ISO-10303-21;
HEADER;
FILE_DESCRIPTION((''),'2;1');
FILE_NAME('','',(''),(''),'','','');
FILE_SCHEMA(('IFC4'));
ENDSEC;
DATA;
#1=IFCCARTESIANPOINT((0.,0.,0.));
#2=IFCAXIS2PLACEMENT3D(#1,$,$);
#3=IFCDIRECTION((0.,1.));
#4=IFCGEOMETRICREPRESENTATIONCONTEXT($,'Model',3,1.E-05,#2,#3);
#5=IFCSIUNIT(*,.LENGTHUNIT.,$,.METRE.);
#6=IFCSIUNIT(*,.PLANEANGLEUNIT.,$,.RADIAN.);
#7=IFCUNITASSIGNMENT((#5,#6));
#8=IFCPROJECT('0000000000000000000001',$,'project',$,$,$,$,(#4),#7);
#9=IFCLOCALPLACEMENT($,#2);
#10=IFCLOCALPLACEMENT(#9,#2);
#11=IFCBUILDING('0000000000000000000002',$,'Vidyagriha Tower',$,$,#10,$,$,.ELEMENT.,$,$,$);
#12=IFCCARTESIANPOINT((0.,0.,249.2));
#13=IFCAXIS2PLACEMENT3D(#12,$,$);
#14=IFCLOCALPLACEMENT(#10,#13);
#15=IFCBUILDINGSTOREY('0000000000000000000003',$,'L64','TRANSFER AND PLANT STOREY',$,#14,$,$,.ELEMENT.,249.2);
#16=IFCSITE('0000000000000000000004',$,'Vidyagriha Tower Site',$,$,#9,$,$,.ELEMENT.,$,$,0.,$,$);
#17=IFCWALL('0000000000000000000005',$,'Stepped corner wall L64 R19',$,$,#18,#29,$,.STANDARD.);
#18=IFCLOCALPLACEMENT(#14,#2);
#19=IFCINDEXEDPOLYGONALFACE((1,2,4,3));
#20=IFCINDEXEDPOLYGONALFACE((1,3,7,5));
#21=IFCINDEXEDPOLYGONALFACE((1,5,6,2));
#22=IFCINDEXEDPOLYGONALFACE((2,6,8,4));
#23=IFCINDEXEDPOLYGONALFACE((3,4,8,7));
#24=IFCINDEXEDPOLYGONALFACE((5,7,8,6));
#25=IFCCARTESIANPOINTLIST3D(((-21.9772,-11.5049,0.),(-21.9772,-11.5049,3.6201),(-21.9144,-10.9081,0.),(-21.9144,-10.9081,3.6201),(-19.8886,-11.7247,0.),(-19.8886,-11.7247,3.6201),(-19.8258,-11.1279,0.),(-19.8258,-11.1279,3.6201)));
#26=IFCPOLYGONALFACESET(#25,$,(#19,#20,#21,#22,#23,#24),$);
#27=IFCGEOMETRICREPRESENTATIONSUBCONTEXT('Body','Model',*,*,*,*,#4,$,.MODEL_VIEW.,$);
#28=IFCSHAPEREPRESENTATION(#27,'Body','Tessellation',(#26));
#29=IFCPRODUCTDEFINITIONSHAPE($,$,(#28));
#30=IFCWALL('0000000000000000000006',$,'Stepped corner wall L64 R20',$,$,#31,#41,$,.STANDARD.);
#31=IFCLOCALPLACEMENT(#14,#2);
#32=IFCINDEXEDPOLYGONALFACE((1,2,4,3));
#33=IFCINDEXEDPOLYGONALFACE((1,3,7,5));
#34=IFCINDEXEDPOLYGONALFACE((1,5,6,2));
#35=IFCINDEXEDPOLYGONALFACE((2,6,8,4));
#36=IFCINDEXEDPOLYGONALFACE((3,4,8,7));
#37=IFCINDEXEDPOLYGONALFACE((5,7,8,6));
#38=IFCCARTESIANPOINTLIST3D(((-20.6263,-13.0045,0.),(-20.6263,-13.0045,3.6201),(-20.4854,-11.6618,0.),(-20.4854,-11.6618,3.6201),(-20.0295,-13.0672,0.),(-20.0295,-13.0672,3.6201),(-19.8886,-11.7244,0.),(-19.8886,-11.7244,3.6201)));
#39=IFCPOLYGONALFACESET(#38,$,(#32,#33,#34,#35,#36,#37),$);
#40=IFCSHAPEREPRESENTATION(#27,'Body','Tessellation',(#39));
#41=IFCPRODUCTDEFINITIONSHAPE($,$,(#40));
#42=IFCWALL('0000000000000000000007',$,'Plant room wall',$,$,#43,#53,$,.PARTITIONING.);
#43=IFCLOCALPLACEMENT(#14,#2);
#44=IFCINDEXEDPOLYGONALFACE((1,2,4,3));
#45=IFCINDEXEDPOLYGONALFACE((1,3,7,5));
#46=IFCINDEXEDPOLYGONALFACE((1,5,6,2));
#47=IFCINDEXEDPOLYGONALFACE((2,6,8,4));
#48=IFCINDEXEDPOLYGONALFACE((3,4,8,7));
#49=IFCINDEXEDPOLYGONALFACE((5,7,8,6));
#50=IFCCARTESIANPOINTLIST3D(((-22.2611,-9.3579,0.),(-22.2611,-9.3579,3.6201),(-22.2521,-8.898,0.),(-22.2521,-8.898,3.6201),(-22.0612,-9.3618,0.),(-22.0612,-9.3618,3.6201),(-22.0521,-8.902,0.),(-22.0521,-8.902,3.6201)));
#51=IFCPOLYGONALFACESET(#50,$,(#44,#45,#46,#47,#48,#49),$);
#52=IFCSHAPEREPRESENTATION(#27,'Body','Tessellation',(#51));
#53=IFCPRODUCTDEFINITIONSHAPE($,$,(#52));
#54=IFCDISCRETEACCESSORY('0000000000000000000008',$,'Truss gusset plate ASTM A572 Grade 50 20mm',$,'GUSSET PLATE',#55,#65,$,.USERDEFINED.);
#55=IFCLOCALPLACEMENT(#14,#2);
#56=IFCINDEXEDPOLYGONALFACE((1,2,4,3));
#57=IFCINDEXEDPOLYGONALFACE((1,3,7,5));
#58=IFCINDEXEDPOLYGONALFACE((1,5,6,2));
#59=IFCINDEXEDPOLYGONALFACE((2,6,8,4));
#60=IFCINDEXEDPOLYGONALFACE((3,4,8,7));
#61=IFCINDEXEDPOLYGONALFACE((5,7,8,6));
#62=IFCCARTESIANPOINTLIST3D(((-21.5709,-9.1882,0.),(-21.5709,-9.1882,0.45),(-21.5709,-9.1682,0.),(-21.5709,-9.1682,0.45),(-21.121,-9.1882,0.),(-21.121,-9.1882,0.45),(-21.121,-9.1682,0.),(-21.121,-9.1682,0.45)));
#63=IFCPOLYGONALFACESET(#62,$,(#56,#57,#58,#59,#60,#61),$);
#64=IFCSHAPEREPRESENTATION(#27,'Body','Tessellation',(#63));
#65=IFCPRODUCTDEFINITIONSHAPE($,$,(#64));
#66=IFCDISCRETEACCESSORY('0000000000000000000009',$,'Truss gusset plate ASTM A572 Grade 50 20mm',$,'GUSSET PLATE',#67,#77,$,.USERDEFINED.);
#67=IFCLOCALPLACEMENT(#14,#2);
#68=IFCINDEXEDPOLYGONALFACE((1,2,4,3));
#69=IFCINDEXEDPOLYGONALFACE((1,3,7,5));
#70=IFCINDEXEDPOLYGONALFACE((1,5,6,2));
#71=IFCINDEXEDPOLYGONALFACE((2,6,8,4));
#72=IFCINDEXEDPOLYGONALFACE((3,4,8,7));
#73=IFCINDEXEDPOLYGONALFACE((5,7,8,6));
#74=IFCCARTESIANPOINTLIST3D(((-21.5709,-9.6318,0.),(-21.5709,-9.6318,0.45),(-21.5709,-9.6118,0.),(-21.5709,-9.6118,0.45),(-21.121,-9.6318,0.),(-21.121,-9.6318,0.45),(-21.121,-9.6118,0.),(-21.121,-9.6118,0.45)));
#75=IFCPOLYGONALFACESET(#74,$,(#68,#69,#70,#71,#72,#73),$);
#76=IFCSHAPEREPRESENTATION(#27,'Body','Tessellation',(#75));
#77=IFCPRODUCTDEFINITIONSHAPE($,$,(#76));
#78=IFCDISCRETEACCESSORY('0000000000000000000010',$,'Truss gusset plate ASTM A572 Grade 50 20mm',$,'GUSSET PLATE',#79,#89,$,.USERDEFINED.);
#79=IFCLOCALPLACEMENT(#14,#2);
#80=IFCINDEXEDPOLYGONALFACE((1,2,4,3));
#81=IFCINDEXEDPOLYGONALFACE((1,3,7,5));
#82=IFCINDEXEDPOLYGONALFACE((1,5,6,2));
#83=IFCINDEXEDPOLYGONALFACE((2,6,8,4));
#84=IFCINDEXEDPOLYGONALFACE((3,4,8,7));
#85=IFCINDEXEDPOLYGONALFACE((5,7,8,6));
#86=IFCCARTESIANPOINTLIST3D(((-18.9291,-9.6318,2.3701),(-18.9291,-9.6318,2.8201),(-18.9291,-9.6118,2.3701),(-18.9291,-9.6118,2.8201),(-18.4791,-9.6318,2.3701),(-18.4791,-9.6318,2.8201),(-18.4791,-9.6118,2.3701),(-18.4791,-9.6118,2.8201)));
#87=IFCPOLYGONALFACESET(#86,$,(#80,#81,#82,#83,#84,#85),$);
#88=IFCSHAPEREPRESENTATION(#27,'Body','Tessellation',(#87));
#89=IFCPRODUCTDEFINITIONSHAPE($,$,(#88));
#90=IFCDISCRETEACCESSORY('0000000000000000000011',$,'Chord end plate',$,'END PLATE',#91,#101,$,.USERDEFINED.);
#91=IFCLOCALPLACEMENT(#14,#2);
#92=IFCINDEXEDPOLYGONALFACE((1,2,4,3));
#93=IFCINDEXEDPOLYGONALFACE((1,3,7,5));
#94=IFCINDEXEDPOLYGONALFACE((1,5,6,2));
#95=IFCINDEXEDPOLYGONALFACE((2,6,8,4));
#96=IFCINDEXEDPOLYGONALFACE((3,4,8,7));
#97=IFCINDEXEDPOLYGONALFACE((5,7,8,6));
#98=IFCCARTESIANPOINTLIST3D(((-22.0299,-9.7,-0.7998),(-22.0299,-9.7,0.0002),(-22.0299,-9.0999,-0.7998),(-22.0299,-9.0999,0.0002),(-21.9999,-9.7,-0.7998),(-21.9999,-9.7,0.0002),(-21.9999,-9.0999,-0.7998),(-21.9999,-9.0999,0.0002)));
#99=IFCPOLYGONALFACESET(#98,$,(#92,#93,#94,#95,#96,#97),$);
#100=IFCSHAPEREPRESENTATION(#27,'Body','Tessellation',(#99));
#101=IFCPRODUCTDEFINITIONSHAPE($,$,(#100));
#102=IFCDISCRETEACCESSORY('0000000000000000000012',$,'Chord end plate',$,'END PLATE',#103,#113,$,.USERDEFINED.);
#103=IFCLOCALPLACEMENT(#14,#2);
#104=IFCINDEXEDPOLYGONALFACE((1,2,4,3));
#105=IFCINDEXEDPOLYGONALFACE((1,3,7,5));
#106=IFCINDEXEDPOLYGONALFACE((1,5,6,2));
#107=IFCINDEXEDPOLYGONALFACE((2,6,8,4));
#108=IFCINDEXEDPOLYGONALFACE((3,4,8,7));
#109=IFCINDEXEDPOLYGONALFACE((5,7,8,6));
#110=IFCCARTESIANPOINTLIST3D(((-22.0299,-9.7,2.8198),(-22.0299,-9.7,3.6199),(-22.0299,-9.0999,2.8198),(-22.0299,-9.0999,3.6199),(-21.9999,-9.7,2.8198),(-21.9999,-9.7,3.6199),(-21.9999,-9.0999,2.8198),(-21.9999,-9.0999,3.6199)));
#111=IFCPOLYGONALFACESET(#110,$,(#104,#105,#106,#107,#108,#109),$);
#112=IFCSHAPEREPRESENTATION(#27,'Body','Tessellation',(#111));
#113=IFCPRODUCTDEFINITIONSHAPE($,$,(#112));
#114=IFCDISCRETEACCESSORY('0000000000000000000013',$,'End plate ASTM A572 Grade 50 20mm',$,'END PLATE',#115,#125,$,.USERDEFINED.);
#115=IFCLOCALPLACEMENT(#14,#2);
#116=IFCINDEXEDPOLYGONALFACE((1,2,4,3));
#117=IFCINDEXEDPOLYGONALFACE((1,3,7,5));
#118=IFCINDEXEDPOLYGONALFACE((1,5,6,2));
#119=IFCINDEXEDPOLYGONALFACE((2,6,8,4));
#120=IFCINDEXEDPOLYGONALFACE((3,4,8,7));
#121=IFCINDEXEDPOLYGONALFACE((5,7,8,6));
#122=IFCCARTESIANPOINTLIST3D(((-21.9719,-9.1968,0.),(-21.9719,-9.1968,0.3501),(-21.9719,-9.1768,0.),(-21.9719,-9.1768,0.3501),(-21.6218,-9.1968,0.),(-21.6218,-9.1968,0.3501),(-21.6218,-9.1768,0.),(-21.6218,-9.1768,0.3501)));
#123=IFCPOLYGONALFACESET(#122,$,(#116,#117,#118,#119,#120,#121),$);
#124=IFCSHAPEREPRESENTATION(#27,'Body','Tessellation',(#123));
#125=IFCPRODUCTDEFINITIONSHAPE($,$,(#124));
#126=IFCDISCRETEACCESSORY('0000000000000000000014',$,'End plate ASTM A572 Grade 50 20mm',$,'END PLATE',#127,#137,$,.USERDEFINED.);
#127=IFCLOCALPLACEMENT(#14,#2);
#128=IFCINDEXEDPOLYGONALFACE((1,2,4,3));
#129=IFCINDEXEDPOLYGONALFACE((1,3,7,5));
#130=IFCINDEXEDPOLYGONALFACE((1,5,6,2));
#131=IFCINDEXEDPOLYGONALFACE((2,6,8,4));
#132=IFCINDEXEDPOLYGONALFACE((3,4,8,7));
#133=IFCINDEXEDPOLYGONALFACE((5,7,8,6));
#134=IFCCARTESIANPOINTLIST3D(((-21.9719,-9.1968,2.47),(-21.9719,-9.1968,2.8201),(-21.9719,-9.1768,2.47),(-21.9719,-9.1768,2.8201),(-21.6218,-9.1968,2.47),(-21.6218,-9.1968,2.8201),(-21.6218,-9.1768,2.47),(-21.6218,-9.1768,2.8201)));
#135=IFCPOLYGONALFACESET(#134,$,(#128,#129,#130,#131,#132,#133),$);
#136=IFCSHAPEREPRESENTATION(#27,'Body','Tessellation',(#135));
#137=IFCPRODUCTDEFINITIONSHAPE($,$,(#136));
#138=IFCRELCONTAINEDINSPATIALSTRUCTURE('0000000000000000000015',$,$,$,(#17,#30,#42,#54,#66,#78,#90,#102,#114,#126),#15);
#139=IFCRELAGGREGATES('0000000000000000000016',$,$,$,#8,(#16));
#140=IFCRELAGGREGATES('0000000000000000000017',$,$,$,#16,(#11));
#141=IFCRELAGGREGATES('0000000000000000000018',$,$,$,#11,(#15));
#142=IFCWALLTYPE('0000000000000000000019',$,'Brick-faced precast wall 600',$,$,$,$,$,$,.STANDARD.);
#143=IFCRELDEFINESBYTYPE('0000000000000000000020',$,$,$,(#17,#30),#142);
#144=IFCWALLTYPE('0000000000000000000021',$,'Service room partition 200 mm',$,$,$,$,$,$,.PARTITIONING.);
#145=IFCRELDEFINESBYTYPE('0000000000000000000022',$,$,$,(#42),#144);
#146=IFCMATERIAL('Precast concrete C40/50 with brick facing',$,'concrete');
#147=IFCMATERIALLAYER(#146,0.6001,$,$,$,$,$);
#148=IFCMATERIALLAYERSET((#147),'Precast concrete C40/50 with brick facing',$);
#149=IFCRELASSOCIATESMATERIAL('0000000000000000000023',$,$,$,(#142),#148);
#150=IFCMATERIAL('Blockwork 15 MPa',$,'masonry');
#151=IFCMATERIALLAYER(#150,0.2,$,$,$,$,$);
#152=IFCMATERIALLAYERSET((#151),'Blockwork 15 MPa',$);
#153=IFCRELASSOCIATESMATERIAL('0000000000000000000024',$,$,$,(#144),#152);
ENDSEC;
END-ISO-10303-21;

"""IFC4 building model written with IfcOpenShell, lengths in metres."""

from ifc_helpers import new_model, si_unit, direction, frame, frame_2d, origin, origin_2d, place, context, subcontext, project, spatial, rectangle, extrude, material, layer, layer_set, type_object, element, save


model = new_model("IFC4")

# Units and contexts
model_context = context("Model", 3, precision=1e-05, world=origin(), true_north=direction((0.0, 1.0)))
body_context = subcontext(model_context, "Body", "Model", "MODEL_VIEW")
ifc_project = project(units=[si_unit("LENGTHUNIT", "METRE"), si_unit("PLANEANGLEUNIT", "RADIAN")], contexts=[model_context])

# Site, building, storey
site_placement = place(None, origin())
site = spatial("IfcSite", under=ifc_project, at=site_placement, Name="Vidyagriha Tower Site", CompositionType="ELEMENT", RefElevation=0.0)
building_placement = place(site_placement, origin())
building = spatial("IfcBuilding", under=site, at=building_placement, Name="Vidyagriha Tower", CompositionType="ELEMENT")
storey_placement = place(building_placement, frame((0.0, 0.0, 249.2)))
storey = spatial("IfcBuildingStorey", under=building, at=storey_placement, Name="L64", Description="TRANSFER AND PLANT STOREY", CompositionType="ELEMENT", Elevation=249.2)

# Walls
ifc_material_1 = material(Name="Precast concrete C40/50 with brick facing", Category="concrete")
ifc_layer_1 = layer(ifc_material_1, 0.6001)
ifc_layer_set_1 = layer_set([ifc_layer_1], Name="Precast concrete C40/50 with brick facing")
wall_type_1 = type_object("IfcWallType", Name="Brick-faced precast wall 600", PredefinedType="STANDARD", material=ifc_layer_set_1)
wall_1_placement = place(storey_placement, frame((-21.9458, -11.2065, 0.0), z_axis=(0.0, 0.0, 1.0), x_axis=(0.994512, -0.104624, 0.0)))
element("IfcWall", 1, at=wall_1_placement, inside=storey, type_object=wall_type_1, Name="Stepped corner wall L64 R19", PredefinedType="STANDARD", context=body_context, shape_type="SweptSolid", body=[
    extrude(rectangle(XDim=2.1001, YDim=0.6001, at=frame_2d((1.05, 0.0))), origin(), (0.0, 0.0, 1.0), 3.6201),
])
wall_2_placement = place(storey_placement, frame((-20.187, -11.6931, 0.0), z_axis=(0.0, 0.0, 1.0), x_axis=(-0.104337, -0.994542, 0.0)))
element("IfcWall", 2, at=wall_2_placement, inside=storey, type_object=wall_type_1, Name="Stepped corner wall L64 R20", PredefinedType="STANDARD", context=body_context, shape_type="SweptSolid", body=[
    extrude(rectangle(XDim=1.3501, YDim=0.6001, at=frame_2d((0.675, 0.0))), origin(), (0.0, 0.0, 1.0), 3.6201),
])
ifc_material_2 = material(Name="Blockwork 15 MPa", Category="masonry")
ifc_layer_2 = layer(ifc_material_2, 0.2)
ifc_layer_set_2 = layer_set([ifc_layer_2], Name="Blockwork 15 MPa")
wall_type_2 = type_object("IfcWallType", Name="Service room partition 200 mm", PredefinedType="PARTITIONING", material=ifc_layer_set_2)
wall_3_placement = place(storey_placement, frame((-22.1611, -9.3599, 0.0), z_axis=(0.0, 0.0, 1.0), x_axis=(0.019635, 0.999807, 0.0)))
element("IfcWall", 3, at=wall_3_placement, inside=storey, type_object=wall_type_2, Name="Plant room wall", PredefinedType="PARTITIONING", context=body_context, shape_type="SweptSolid", body=[
    extrude(rectangle(XDim=0.46, YDim=0.2, at=frame_2d((0.23, 0.0))), origin(), (0.0, 0.0, 1.0), 3.6201),
])

# Discrete accessories
for number, where, name in (
    (4, (-21.3459, -9.1782, 0.0), "Truss gusset plate ASTM A572 Grade 50 20mm"),
    (5, (-21.3459, -9.6218, 0.0), "Truss gusset plate ASTM A572 Grade 50 20mm"),
    (6, (-18.7041, -9.6218, 2.3701), "Truss gusset plate ASTM A572 Grade 50 20mm"),
):
    element("IfcDiscreteAccessory", number, at=place(storey_placement, frame(where)), inside=storey, Name=name, ObjectType="GUSSET PLATE", PredefinedType="USERDEFINED", context=body_context, shape_type="SweptSolid", body=[
        extrude(rectangle(XDim=0.45, YDim=0.02, at=origin_2d()), origin(), (0.0, 0.0, 1.0), 0.45),
    ])
for number, where, z_axis, x_axis, name in (
    (7, (-22.0149, -9.3999, -0.7998), (0.0, 0.0, 1.0), (-1.0, 0.0, 0.0), "Chord end plate"),
    (8, (-22.0149, -9.3999, 2.8198), (0.0, 0.0, 1.0), (-1.0, 0.0, 0.0), "Chord end plate"),
):
    element("IfcDiscreteAccessory", number, at=place(storey_placement, frame(where, z_axis=z_axis, x_axis=x_axis)), inside=storey, Name=name, ObjectType="END PLATE", PredefinedType="USERDEFINED", context=body_context, shape_type="SweptSolid", body=[
        extrude(rectangle(XDim=0.03, YDim=0.6001, at=origin_2d()), origin(), (0.0, 0.0, 1.0), 0.8),
    ])
for number, where, name in (
    (9, (-21.7969, -9.1868, 0.0), "End plate ASTM A572 Grade 50 20mm"),
    (10, (-21.7969, -9.1868, 2.47), "End plate ASTM A572 Grade 50 20mm"),
):
    element("IfcDiscreteAccessory", number, at=place(storey_placement, frame(where)), inside=storey, Name=name, ObjectType="END PLATE", PredefinedType="USERDEFINED", context=body_context, shape_type="SweptSolid", body=[
        extrude(rectangle(XDim=0.3501, YDim=0.02, at=origin_2d()), origin(), (0.0, 0.0, 1.0), 0.3501),
    ])

save(model, "model.ifc")
